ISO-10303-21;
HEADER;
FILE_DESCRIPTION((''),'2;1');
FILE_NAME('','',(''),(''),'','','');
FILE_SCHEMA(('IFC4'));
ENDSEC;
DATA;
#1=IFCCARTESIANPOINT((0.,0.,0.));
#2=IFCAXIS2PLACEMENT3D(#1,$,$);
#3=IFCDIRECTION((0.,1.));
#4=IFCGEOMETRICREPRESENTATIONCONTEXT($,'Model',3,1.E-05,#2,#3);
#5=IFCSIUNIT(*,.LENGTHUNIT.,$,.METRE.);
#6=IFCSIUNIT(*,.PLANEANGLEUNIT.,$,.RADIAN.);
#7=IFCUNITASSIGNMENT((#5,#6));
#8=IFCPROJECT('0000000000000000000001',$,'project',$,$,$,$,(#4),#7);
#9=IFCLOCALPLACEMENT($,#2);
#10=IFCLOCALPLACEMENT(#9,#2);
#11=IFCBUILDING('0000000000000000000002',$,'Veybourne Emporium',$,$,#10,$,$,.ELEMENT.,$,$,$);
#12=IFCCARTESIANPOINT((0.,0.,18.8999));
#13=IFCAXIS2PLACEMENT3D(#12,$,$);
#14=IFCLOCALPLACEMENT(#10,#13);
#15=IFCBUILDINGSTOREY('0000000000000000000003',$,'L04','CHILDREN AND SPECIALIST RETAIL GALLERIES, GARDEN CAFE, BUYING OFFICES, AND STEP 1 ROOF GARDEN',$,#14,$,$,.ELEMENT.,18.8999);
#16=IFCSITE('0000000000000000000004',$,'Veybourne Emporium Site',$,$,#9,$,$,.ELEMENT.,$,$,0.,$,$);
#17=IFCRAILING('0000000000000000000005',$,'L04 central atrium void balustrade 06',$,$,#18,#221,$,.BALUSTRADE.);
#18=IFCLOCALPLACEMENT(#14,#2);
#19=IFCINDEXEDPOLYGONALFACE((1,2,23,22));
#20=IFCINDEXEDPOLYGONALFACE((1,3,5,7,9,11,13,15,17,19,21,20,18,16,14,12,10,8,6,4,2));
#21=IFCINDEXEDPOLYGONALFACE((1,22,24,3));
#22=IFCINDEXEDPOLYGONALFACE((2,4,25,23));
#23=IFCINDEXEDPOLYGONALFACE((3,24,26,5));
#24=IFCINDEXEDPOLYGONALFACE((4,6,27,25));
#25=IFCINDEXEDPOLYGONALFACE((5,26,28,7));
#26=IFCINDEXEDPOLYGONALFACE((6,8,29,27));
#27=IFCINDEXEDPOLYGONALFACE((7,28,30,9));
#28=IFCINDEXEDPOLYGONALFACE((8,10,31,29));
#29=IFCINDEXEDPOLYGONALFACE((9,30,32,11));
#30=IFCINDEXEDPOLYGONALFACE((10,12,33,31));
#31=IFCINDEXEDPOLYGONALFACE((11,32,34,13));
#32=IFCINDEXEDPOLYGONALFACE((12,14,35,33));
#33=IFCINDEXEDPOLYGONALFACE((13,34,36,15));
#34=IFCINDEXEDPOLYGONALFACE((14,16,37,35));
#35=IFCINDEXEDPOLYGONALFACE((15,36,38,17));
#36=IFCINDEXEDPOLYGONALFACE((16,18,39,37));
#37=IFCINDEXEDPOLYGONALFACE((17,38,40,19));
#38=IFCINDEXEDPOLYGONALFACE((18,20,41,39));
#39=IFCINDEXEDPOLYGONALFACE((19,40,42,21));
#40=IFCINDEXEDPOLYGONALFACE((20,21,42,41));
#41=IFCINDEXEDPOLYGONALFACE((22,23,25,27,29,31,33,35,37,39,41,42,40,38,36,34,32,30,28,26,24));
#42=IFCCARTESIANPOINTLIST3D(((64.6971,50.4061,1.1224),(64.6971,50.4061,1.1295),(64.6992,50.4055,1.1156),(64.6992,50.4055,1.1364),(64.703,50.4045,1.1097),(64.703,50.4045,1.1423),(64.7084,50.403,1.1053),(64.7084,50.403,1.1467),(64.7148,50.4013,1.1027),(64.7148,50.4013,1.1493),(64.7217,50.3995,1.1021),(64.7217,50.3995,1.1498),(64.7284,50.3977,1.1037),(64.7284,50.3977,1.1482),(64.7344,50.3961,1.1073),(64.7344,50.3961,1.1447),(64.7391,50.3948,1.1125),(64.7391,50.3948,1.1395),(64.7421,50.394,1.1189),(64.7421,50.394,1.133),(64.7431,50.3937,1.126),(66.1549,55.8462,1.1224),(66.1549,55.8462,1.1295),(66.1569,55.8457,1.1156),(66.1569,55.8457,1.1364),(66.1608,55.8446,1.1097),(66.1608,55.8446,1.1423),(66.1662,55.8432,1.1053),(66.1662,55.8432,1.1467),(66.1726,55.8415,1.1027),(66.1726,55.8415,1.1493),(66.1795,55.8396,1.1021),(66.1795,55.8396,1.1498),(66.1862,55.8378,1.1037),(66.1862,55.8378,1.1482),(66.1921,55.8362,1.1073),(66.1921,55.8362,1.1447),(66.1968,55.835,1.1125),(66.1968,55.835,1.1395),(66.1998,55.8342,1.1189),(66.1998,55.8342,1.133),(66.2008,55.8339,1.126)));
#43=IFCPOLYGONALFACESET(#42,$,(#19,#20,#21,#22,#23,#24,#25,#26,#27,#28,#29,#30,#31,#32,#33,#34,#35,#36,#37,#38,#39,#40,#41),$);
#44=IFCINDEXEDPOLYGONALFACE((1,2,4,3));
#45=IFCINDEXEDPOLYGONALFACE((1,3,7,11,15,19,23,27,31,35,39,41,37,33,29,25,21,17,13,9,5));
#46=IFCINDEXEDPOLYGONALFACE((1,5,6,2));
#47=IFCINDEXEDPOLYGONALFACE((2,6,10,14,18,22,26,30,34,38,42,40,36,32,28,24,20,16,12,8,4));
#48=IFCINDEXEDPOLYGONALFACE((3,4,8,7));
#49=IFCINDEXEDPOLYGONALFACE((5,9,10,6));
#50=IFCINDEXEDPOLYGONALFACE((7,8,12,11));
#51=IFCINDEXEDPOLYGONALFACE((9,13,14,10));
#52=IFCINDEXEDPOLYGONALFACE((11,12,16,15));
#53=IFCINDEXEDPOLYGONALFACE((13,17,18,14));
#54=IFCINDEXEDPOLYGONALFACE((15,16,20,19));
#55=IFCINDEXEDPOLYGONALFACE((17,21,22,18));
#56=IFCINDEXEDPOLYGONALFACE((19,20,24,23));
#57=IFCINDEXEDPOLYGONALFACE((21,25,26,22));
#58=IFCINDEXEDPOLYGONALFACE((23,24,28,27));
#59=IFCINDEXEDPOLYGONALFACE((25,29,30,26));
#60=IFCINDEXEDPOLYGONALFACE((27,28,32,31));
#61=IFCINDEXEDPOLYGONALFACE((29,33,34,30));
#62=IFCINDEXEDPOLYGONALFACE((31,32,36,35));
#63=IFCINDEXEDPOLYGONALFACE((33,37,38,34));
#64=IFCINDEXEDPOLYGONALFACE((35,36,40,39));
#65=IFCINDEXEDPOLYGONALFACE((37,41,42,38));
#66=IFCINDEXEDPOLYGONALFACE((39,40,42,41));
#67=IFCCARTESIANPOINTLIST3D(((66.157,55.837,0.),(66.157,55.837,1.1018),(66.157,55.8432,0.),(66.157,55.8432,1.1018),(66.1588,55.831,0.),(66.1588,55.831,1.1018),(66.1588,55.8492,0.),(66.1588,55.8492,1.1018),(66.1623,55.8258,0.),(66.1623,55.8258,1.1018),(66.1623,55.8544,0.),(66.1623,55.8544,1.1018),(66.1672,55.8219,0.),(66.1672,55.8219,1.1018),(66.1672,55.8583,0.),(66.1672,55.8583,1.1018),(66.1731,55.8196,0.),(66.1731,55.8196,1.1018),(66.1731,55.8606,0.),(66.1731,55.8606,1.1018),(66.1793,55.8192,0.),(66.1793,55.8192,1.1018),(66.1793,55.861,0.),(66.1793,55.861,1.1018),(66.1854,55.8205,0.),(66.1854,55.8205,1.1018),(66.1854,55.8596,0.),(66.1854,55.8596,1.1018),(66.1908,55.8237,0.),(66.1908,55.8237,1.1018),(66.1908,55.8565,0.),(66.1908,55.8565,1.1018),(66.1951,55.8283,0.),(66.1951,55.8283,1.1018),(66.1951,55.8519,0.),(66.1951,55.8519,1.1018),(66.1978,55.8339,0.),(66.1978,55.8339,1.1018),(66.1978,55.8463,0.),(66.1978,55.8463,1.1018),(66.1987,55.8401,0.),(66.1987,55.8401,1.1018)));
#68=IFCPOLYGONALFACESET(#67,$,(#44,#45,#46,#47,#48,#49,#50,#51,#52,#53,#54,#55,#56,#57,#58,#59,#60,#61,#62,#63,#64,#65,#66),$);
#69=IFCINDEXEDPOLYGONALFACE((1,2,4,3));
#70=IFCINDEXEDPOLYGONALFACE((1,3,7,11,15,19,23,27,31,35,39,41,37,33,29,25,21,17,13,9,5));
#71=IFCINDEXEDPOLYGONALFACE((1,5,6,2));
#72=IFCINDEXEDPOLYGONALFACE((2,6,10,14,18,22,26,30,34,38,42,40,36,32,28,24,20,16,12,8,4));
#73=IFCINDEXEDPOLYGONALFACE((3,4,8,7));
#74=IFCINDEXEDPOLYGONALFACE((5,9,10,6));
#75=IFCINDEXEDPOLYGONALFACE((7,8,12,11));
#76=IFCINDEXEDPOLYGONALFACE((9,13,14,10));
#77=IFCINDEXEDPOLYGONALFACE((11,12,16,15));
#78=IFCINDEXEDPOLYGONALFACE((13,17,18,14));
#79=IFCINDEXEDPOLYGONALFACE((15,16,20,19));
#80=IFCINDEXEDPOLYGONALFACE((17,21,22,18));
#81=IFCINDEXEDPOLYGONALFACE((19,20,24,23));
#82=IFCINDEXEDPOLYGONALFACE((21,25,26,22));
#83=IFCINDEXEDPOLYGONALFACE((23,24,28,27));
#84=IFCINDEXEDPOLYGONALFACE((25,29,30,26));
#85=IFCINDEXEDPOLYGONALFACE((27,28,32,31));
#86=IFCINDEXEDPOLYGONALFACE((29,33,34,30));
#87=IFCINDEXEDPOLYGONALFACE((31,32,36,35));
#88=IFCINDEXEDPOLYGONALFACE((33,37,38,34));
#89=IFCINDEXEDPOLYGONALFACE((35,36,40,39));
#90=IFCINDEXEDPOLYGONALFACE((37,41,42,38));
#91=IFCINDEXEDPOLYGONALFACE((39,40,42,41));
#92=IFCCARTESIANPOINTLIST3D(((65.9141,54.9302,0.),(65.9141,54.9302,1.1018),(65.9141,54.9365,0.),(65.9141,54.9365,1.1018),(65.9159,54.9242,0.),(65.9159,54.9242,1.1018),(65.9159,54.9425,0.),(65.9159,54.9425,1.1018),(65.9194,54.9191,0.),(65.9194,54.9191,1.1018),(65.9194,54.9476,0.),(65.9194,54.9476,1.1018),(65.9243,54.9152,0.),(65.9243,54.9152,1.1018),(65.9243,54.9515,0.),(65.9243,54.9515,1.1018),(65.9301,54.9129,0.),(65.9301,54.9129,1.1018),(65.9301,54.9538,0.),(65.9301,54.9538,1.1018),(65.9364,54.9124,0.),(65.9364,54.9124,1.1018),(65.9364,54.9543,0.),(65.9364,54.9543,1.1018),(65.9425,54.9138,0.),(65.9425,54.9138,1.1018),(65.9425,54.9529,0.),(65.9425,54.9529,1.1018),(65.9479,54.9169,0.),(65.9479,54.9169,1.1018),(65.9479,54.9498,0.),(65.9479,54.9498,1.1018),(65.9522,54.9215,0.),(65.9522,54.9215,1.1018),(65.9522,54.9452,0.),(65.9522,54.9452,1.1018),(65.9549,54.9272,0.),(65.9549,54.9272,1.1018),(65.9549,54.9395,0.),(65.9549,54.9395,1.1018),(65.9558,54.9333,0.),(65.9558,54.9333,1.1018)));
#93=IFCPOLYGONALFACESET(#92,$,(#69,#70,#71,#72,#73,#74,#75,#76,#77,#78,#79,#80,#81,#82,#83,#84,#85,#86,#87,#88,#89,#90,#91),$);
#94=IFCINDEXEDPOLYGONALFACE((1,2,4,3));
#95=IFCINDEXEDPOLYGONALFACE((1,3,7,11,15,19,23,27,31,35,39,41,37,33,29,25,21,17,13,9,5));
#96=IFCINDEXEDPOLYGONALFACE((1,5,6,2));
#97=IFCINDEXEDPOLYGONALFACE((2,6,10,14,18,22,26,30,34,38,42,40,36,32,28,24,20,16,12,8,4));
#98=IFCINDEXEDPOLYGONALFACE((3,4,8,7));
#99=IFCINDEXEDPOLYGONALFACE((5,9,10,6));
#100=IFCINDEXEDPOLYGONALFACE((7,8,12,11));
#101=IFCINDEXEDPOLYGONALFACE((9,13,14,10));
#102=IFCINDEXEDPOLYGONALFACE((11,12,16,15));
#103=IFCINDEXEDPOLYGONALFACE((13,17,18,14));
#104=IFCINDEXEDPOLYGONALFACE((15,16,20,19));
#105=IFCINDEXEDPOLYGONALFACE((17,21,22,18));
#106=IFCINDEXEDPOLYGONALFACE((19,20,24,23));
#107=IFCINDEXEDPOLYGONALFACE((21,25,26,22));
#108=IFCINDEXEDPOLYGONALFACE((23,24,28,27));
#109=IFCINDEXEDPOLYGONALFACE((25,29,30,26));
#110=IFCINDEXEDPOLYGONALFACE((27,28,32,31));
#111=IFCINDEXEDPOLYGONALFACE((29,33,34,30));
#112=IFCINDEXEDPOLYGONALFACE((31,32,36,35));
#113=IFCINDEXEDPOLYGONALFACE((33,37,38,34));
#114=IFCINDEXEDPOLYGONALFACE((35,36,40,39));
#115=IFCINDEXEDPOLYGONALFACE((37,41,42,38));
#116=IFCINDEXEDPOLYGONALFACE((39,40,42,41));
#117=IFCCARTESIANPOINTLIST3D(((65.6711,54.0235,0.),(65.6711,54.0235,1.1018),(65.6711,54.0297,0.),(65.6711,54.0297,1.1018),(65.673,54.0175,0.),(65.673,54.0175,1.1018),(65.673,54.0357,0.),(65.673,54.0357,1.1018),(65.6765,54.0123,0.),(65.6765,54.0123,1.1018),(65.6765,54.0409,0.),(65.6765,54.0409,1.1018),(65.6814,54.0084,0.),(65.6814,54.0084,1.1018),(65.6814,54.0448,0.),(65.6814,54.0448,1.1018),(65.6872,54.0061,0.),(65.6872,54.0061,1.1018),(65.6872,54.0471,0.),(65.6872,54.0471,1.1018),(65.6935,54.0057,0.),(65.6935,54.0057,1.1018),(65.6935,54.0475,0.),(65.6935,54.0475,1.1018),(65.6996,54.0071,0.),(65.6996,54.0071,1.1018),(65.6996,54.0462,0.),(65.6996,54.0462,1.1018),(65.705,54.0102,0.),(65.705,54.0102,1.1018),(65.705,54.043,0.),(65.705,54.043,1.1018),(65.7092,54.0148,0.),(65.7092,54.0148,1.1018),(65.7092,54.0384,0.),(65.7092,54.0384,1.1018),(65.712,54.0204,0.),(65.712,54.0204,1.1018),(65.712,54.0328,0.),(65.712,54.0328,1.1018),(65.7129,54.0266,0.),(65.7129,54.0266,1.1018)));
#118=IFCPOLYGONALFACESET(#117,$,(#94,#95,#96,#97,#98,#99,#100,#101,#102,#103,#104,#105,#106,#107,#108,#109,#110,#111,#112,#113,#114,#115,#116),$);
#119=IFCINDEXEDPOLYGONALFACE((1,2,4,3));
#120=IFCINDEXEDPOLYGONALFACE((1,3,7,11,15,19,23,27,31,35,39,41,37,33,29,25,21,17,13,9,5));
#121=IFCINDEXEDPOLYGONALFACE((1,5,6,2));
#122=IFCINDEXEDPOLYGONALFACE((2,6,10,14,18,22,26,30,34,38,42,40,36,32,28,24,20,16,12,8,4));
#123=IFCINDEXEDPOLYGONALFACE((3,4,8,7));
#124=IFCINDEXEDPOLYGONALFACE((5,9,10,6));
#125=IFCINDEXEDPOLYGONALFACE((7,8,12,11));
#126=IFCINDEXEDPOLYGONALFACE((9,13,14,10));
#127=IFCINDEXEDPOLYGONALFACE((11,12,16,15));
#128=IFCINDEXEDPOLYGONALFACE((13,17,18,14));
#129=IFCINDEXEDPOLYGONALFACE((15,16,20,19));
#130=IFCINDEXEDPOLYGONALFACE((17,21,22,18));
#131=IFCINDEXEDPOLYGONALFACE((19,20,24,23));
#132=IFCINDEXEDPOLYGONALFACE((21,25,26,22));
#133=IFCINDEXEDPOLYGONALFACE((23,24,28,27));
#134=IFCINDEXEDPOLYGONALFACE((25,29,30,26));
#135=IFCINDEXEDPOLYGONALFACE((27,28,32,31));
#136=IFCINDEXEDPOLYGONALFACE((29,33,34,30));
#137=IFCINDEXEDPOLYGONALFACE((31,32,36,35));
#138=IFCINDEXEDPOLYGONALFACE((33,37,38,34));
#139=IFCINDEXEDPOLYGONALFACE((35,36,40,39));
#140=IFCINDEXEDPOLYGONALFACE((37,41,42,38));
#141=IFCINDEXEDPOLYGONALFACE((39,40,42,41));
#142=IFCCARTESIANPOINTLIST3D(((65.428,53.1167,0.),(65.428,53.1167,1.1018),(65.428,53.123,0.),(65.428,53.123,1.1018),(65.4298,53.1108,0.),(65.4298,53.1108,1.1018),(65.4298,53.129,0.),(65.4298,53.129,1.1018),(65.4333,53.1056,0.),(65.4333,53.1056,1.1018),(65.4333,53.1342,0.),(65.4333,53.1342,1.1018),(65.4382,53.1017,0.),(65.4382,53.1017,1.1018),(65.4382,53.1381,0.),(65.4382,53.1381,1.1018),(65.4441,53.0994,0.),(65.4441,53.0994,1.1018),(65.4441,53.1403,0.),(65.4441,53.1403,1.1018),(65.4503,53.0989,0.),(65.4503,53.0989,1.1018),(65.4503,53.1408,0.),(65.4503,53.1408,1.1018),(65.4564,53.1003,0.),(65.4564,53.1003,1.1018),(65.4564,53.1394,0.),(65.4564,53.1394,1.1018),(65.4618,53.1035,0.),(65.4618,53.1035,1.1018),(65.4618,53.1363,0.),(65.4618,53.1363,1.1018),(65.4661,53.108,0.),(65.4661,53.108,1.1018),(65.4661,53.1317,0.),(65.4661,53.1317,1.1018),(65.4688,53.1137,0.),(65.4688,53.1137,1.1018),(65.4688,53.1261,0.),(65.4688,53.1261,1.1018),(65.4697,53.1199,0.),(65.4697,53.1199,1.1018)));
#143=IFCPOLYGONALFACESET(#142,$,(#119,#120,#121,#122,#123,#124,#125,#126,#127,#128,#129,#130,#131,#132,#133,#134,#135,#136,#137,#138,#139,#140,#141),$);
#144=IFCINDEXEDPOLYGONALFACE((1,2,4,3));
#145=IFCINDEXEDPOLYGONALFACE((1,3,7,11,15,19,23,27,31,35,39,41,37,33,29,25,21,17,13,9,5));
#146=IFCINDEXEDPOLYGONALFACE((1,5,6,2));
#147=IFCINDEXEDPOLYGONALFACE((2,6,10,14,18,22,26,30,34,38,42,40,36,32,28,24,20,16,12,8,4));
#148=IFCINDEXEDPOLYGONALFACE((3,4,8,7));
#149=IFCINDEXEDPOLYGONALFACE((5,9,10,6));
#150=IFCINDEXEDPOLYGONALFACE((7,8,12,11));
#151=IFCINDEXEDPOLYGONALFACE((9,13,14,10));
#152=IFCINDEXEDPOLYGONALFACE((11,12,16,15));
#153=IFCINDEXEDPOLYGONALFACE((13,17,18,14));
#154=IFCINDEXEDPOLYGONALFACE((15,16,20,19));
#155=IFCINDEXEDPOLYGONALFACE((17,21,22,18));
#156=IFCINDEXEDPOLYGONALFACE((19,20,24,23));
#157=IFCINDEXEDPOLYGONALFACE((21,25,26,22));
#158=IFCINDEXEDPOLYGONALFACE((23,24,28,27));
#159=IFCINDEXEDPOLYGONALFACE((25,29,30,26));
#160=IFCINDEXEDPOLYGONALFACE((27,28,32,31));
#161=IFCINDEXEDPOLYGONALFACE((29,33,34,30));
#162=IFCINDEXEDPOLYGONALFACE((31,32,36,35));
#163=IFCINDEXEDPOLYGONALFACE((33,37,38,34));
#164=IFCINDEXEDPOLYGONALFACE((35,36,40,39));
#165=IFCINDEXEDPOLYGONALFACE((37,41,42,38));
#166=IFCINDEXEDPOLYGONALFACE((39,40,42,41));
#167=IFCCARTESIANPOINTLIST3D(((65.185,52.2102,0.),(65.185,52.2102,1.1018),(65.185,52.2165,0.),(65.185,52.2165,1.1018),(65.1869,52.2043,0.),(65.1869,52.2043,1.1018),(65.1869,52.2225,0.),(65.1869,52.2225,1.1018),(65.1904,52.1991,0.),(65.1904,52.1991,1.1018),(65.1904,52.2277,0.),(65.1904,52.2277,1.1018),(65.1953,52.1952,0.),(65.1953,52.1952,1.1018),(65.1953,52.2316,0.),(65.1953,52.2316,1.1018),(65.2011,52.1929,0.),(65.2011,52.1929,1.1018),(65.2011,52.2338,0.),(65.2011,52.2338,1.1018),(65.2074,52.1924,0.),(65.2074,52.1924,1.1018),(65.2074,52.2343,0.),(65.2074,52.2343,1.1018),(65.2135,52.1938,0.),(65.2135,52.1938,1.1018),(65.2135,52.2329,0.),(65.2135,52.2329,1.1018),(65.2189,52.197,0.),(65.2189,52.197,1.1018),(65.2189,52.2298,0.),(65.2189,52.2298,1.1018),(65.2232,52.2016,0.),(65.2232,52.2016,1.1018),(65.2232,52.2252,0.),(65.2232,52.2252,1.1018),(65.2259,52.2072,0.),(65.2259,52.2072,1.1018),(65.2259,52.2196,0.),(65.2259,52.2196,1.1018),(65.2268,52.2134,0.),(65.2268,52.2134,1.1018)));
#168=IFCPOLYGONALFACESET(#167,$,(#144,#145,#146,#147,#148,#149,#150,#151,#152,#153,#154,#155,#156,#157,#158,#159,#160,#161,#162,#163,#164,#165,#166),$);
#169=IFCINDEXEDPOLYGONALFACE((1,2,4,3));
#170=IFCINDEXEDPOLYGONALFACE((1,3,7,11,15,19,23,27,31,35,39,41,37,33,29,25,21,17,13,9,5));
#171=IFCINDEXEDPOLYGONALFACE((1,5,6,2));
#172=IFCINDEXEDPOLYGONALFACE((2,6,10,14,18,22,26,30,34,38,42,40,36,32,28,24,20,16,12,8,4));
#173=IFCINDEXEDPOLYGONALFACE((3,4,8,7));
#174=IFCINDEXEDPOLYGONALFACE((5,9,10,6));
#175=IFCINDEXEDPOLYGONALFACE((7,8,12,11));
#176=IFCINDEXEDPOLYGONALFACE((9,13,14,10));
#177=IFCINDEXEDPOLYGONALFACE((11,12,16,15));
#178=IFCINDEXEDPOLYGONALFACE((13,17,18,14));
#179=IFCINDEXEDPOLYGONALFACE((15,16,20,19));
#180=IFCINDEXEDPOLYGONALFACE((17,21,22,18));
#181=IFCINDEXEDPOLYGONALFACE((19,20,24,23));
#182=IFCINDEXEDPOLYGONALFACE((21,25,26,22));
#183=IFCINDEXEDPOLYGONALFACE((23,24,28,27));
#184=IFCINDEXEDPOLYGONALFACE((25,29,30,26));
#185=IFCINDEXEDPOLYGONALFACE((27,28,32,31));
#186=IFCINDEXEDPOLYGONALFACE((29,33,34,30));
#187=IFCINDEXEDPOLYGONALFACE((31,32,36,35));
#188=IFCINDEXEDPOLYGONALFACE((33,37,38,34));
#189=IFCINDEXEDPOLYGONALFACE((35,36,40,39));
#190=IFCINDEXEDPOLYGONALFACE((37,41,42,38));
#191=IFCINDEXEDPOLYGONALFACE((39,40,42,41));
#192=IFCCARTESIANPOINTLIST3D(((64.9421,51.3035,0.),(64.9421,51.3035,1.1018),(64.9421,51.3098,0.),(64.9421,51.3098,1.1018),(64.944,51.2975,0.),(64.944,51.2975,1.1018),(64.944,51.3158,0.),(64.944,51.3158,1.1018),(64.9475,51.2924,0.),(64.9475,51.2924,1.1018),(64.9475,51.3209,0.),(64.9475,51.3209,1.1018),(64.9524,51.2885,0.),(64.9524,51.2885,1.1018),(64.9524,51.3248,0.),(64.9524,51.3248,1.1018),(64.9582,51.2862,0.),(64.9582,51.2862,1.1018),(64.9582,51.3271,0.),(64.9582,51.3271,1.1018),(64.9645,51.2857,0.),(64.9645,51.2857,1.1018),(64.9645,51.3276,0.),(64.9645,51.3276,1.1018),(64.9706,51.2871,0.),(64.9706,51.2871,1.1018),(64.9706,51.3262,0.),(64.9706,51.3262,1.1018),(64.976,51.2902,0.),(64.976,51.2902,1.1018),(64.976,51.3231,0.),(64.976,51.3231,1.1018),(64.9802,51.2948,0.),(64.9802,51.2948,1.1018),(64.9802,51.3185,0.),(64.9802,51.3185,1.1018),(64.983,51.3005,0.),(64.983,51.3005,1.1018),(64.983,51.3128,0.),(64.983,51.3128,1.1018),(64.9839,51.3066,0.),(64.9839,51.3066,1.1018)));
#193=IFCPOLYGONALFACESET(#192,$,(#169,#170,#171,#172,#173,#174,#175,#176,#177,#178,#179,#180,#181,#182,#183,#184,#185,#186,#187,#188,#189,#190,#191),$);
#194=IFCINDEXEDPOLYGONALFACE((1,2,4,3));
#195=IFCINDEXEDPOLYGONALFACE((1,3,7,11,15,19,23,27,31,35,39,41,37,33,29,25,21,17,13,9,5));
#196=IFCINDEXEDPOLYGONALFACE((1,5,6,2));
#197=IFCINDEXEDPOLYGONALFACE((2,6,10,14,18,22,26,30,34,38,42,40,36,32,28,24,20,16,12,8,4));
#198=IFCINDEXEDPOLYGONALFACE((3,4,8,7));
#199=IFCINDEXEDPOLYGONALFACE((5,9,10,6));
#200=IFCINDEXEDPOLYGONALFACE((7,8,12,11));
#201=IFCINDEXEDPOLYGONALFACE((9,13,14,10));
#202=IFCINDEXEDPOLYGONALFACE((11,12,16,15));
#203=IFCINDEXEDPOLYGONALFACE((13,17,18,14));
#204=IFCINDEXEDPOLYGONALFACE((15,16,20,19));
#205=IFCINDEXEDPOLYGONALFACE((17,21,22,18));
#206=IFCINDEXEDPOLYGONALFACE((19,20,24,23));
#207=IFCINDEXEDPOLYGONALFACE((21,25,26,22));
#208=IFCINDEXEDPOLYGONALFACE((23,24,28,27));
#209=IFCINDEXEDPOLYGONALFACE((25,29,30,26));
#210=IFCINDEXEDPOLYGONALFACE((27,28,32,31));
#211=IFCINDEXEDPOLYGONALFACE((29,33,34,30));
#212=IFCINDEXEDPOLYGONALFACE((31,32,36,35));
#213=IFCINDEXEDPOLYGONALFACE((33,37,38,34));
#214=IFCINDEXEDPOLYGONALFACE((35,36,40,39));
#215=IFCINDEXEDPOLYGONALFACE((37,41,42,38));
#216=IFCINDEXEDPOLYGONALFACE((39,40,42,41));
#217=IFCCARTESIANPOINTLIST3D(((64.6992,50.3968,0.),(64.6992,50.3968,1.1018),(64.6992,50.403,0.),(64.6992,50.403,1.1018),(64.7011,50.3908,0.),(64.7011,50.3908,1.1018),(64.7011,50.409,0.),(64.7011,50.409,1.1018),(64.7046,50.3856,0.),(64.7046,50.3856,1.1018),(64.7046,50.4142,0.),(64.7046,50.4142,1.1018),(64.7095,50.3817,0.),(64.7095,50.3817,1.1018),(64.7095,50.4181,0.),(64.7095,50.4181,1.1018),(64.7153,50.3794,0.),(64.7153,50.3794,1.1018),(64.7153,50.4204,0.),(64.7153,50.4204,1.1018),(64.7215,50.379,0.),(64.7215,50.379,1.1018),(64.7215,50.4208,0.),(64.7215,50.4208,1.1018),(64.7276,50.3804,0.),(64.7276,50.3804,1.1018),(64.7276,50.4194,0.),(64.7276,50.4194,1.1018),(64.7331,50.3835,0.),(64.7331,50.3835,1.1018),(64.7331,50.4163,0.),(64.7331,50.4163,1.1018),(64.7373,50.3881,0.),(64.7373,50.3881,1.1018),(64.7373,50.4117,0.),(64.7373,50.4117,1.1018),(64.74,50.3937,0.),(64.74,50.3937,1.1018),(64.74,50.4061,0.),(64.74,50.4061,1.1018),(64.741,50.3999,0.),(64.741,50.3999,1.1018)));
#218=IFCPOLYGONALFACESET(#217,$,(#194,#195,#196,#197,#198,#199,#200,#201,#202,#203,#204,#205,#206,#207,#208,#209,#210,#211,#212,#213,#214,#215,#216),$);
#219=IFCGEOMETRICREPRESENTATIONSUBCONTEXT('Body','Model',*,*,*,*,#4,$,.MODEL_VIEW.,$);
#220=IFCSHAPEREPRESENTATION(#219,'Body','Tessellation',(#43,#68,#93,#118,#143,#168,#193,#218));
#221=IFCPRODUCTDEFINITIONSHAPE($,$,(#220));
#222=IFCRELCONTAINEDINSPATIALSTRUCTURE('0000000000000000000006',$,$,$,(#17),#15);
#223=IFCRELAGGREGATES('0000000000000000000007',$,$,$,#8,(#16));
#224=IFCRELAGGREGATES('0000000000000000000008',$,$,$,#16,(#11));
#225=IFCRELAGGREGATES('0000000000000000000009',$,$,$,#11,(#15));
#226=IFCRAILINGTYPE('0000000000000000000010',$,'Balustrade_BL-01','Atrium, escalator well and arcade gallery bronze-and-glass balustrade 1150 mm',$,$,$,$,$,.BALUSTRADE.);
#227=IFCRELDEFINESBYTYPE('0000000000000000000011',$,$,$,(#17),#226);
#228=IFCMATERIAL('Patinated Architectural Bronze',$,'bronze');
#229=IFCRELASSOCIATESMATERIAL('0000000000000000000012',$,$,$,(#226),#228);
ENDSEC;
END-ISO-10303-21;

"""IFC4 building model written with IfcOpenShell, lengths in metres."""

from ifc_helpers import new_model, si_unit, direction, frame, origin, origin_2d, place, context, subcontext, project, spatial, circle, extrude, material, type_object, element, save


model = new_model("IFC4")

# Units and contexts
model_context = context("Model", 3, precision=1e-05, world=origin(), true_north=direction((0.0, 1.0)))
body_context = subcontext(model_context, "Body", "Model", "MODEL_VIEW")
ifc_project = project(units=[si_unit("LENGTHUNIT", "METRE"), si_unit("PLANEANGLEUNIT", "RADIAN")], contexts=[model_context])

# Site, building, storey
site_placement = place(None, origin())
site = spatial("IfcSite", under=ifc_project, at=site_placement, Name="Veybourne Emporium Site", CompositionType="ELEMENT", RefElevation=0.0)
building_placement = place(site_placement, origin())
building = spatial("IfcBuilding", under=site, at=building_placement, Name="Veybourne Emporium", CompositionType="ELEMENT")
storey_placement = place(building_placement, frame((0.0, 0.0, 18.8999)))
storey = spatial("IfcBuildingStorey", under=building, at=storey_placement, Name="L04", Description="CHILDREN AND SPECIALIST RETAIL GALLERIES, GARDEN CAFE, BUYING OFFICES, AND STEP 1 ROOF GARDEN", CompositionType="ELEMENT", Elevation=18.8999)

# Shared definitions
ifc_material_1 = material(Name="Patinated Architectural Bronze", Category="bronze")

# Railing
railing_type = type_object("IfcRailingType", Name="Balustrade_BL-01", Description="Atrium, escalator well and arcade gallery bronze-and-glass balustrade 1150 mm", PredefinedType="BALUSTRADE", material=ifc_material_1)
railing_1_placement = place(storey_placement, frame((66.1777, 55.8401, 0.0)))
element("IfcRailing", 1, at=railing_1_placement, inside=storey, type_object=railing_type, Name="L04 central atrium void balustrade 06", PredefinedType="BALUSTRADE", context=body_context, shape_type="SweptSolid", body=[
    extrude(circle(Radius=0.0239, at=origin_2d()), frame((0.0, 0.0, 1.126), z_axis=(-0.258831, -0.965923, 0.0), x_axis=(0.965923, -0.258831, 0.0)), (0.0, 0.0, 1.0), 5.6321),
    extrude(circle(Radius=0.021, at=origin_2d()), origin(), (0.0, 0.0, 1.0), 1.1018),
    extrude(circle(Radius=0.021, at=origin_2d()), frame((-0.2429, -0.9067, 0.0)), (0.0, 0.0, 1.0), 1.1018),
    extrude(circle(Radius=0.021, at=origin_2d()), frame((-0.4858, -1.8135, 0.0)), (0.0, 0.0, 1.0), 1.1018),
    extrude(circle(Radius=0.021, at=origin_2d()), frame((-0.729, -2.7202, 0.0)), (0.0, 0.0, 1.0), 1.1018),
    extrude(circle(Radius=0.021, at=origin_2d()), frame((-0.9719, -3.6267, 0.0)), (0.0, 0.0, 1.0), 1.1018),
    extrude(circle(Radius=0.021, at=origin_2d()), frame((-1.2148, -4.5334, 0.0)), (0.0, 0.0, 1.0), 1.1018),
    extrude(circle(Radius=0.021, at=origin_2d()), frame((-1.4578, -5.4402, 0.0)), (0.0, 0.0, 1.0), 1.1018),
])

save(model, "model.ifc")
